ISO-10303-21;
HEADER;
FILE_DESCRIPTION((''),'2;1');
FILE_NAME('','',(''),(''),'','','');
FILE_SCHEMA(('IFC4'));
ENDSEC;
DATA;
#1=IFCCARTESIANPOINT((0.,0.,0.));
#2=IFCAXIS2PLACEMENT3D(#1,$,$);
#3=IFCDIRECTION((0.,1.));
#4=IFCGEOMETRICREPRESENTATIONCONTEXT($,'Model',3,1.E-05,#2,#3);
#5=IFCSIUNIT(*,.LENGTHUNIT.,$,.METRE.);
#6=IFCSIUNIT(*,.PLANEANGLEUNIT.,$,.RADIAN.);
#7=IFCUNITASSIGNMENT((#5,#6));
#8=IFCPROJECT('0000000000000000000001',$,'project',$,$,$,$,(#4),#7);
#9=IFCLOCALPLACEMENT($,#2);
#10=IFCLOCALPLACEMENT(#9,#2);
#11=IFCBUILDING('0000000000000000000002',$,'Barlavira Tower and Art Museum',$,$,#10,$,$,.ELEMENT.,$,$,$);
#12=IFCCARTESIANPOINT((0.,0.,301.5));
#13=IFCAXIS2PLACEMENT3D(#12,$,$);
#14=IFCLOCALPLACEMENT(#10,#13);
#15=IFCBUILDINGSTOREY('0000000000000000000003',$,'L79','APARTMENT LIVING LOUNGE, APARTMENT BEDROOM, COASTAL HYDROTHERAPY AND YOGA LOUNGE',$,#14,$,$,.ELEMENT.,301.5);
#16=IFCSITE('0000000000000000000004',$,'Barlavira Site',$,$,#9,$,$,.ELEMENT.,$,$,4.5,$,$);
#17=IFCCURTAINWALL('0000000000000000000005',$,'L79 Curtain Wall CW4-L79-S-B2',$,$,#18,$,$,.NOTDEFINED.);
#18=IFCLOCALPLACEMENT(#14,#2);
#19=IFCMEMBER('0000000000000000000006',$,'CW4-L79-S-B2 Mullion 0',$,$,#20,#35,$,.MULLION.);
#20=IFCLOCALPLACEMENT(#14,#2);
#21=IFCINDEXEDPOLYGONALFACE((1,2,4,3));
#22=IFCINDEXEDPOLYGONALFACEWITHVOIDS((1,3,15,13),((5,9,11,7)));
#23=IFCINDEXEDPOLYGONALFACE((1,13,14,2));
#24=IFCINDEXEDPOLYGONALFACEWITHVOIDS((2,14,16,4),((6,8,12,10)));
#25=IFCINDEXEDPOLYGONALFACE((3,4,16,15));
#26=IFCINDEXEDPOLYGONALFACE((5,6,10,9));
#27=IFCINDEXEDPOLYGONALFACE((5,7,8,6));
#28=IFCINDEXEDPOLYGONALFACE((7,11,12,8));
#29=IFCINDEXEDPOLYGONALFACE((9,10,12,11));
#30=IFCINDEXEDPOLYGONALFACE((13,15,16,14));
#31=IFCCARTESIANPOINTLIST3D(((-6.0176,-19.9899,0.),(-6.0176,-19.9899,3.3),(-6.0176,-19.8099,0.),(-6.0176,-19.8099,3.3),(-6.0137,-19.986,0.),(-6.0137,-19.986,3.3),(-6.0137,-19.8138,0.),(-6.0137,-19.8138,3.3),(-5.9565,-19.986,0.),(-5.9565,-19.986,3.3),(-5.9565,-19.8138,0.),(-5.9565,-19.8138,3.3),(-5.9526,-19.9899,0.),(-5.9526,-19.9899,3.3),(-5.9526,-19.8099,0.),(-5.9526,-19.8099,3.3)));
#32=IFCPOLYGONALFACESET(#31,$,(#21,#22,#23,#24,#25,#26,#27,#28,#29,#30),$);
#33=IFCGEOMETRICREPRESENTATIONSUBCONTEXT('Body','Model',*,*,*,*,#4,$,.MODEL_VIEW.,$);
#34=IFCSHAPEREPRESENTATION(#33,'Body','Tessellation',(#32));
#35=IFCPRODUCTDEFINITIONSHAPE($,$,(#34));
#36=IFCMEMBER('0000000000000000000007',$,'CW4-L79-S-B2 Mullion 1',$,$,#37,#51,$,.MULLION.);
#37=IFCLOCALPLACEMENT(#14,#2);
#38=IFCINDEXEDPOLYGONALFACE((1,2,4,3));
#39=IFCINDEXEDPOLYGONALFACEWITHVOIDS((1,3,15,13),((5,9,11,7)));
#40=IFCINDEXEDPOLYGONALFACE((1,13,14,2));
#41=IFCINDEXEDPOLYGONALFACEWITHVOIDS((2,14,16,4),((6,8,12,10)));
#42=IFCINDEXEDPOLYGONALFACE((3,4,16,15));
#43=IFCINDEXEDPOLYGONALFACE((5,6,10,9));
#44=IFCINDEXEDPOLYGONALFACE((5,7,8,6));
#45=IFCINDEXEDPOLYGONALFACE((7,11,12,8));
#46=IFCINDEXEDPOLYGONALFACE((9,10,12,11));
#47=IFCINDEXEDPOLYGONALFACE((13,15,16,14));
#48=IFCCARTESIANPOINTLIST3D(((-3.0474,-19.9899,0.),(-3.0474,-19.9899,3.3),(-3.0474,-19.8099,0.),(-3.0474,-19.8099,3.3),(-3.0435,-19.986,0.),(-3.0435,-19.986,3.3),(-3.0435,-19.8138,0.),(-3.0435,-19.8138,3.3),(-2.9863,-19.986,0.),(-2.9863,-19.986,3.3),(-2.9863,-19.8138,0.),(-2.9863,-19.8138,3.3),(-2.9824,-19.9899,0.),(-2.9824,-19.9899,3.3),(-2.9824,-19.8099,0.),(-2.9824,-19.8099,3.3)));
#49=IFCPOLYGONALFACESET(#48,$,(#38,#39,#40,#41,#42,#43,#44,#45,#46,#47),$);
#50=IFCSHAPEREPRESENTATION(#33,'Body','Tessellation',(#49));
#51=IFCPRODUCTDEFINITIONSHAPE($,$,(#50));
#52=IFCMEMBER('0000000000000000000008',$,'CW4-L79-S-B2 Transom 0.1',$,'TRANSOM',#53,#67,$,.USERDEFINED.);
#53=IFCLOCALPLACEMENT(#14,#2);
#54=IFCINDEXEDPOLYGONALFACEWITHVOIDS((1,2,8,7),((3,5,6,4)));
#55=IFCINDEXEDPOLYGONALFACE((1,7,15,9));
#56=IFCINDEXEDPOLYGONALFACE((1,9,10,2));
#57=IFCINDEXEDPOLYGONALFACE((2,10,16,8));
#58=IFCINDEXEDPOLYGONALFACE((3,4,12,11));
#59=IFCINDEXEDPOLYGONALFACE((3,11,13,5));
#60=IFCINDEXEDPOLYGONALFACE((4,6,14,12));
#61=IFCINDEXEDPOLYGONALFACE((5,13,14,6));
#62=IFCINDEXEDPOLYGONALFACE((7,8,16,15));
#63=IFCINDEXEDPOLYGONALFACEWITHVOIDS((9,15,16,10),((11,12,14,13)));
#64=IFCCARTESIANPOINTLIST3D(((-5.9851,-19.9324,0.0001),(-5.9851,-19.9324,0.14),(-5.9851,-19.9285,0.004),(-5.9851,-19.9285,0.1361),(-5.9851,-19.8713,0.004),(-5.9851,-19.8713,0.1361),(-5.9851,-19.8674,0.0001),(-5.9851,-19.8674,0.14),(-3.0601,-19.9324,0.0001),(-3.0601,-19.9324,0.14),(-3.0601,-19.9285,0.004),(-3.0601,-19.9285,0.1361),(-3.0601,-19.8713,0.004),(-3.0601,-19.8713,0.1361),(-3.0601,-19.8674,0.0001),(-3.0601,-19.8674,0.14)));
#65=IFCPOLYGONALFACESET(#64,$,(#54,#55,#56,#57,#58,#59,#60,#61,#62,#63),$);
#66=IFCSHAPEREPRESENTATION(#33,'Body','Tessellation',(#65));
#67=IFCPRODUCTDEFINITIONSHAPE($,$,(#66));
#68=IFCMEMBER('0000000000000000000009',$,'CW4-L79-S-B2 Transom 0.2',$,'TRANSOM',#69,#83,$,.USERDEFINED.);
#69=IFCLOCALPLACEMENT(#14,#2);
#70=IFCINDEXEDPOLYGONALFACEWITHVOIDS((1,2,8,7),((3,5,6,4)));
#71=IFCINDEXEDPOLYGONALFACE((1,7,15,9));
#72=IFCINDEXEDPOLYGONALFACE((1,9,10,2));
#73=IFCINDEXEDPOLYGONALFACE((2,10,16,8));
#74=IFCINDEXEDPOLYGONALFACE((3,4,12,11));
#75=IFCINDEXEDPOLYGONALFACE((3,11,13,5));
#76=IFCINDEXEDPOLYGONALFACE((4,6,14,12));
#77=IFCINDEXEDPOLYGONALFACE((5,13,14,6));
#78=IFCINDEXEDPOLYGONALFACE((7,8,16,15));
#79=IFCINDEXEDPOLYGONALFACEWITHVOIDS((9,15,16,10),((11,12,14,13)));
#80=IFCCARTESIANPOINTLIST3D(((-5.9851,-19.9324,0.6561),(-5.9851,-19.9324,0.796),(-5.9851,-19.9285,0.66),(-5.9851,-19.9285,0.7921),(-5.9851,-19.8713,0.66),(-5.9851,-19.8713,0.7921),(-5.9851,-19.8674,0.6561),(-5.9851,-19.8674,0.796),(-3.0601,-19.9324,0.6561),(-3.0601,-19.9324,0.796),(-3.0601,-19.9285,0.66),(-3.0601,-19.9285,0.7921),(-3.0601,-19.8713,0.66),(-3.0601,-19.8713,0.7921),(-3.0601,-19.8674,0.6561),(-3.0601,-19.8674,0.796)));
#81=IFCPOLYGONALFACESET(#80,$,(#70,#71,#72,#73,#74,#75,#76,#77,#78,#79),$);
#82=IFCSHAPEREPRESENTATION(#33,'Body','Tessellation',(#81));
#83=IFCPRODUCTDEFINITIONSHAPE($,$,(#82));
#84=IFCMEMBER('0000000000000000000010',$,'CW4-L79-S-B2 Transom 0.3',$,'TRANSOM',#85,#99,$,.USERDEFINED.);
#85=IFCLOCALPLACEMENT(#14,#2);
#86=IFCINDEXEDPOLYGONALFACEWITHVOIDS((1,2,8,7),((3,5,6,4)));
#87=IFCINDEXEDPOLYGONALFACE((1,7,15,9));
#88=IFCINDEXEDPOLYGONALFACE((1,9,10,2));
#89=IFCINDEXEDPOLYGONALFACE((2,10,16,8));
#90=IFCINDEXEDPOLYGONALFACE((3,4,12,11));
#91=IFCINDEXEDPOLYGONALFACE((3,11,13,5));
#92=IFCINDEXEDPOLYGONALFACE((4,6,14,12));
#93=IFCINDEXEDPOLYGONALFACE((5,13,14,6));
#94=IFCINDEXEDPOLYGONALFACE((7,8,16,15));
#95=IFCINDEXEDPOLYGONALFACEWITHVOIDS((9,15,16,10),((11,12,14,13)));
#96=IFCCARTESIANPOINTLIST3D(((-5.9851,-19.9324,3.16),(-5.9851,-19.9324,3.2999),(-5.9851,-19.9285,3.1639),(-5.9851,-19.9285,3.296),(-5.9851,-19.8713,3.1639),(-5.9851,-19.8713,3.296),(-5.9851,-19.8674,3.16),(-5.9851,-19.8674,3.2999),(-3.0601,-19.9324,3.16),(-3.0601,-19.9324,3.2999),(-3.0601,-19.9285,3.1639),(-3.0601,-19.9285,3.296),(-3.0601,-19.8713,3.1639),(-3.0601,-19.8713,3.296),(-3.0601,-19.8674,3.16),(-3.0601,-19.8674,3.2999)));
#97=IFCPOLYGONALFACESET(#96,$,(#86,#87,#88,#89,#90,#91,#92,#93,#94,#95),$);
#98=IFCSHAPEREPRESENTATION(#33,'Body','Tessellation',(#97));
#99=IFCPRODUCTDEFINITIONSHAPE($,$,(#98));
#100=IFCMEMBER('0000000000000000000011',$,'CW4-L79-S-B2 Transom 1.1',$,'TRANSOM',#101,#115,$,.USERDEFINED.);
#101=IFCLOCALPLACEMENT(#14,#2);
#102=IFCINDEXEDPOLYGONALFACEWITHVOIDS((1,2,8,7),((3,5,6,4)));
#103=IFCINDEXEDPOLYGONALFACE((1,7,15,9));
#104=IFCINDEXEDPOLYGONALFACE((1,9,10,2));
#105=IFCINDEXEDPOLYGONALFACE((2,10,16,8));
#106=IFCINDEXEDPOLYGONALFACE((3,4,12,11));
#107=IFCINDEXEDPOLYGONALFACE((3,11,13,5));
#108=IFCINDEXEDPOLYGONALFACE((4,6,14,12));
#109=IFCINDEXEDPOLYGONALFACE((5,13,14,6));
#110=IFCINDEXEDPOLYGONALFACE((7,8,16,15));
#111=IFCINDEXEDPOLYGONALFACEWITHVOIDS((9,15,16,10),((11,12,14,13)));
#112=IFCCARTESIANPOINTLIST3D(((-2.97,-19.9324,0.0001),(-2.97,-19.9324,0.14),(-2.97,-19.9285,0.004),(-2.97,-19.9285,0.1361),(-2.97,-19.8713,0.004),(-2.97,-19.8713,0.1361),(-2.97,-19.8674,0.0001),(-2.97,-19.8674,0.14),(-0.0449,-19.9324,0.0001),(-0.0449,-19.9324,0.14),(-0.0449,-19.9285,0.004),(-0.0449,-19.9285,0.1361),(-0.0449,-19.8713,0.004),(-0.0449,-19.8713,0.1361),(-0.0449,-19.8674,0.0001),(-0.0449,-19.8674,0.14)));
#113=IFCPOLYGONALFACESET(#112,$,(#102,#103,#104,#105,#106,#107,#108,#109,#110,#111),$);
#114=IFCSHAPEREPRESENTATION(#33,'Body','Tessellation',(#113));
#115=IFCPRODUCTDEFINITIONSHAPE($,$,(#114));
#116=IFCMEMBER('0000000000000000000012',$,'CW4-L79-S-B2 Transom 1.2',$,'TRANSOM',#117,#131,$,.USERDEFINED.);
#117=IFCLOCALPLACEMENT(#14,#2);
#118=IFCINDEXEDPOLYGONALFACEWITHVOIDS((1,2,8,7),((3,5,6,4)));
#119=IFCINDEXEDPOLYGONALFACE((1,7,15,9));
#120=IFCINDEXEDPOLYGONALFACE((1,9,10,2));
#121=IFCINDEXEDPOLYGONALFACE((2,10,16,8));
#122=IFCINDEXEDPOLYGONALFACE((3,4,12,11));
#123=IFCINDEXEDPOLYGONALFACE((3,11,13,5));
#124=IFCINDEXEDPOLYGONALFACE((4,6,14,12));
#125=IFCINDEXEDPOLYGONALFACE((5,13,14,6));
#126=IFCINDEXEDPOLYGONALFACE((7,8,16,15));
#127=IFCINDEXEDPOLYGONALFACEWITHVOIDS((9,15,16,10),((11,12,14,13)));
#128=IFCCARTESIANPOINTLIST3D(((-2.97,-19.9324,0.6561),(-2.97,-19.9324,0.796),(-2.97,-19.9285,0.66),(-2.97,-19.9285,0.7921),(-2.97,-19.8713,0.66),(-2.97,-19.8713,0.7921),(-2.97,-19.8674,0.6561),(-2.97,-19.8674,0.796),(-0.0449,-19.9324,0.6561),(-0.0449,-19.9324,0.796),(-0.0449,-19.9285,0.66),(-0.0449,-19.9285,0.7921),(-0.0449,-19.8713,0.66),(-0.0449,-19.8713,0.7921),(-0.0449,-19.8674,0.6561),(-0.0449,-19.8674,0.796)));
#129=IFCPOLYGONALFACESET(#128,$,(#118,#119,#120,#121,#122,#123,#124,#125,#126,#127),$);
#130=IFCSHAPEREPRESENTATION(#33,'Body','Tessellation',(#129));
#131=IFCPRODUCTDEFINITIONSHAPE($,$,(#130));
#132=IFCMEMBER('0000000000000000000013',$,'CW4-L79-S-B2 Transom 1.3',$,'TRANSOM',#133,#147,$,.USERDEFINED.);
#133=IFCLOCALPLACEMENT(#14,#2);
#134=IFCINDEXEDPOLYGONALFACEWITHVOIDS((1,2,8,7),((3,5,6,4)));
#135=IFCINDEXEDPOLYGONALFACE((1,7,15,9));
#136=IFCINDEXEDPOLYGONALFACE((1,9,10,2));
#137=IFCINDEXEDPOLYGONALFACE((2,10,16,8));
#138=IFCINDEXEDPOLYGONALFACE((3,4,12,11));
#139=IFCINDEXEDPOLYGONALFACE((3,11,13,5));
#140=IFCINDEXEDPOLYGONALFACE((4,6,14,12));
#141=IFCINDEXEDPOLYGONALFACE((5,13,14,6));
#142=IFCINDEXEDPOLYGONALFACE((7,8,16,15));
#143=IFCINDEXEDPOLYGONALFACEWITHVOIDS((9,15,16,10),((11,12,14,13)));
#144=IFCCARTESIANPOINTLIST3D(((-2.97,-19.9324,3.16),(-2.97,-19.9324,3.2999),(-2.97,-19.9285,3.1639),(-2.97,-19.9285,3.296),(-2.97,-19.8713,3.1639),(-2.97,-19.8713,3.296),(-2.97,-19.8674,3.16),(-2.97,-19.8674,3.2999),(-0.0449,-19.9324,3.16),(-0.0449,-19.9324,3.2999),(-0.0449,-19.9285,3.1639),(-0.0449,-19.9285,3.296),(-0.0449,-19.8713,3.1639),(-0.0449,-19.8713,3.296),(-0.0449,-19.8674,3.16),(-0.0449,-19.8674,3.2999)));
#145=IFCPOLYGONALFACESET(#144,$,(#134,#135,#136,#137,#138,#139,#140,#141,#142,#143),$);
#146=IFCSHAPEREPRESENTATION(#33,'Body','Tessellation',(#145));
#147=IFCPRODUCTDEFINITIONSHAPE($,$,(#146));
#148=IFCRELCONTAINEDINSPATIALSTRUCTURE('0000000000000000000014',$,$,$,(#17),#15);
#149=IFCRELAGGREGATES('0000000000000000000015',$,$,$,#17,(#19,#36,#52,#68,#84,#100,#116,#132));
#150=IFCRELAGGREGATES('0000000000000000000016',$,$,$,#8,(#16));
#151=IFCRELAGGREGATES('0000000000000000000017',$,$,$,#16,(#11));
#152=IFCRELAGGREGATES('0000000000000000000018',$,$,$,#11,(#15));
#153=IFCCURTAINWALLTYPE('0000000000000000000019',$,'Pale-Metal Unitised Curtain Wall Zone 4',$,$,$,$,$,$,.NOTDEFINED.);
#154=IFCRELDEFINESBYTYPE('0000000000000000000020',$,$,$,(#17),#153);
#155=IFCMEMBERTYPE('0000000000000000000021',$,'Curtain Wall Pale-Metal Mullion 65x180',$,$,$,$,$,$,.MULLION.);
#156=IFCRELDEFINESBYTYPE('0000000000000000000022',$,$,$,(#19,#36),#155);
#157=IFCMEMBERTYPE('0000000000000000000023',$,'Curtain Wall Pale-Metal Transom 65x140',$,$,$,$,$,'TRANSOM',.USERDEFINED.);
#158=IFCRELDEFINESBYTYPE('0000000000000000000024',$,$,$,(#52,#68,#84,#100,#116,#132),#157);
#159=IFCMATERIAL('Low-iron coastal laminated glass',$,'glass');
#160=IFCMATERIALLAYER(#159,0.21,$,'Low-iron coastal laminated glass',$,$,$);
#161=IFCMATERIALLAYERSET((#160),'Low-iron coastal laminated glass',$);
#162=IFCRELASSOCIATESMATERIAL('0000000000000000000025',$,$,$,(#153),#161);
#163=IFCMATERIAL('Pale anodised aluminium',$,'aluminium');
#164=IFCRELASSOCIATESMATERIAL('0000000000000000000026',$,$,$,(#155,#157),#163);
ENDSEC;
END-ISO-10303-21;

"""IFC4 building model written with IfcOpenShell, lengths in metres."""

from ifc_helpers import new_model, si_unit, direction, frame, origin, origin_2d, place, context, subcontext, project, spatial, hollow_rectangle, extrude, material, layer, layer_set, material_profile, profile_set, type_object, element, aggregate, save


model = new_model("IFC4")

# Units and contexts
model_context = context("Model", 3, precision=1e-05, world=origin(), true_north=direction((0.0, 1.0)))
body_context = subcontext(model_context, "Body", "Model", "MODEL_VIEW")
ifc_project = project(units=[si_unit("LENGTHUNIT", "METRE"), si_unit("PLANEANGLEUNIT", "RADIAN")], contexts=[model_context])

# Site, building, storey
site_placement = place(None, origin())
site = spatial("IfcSite", under=ifc_project, at=site_placement, Name="Barlavira Site", CompositionType="ELEMENT", RefElevation=4.5)
building_placement = place(site_placement, origin())
building = spatial("IfcBuilding", under=site, at=building_placement, Name="Barlavira Tower and Art Museum", CompositionType="ELEMENT")
storey_placement = place(building_placement, frame((0.0, 0.0, 301.5)))
storey = spatial("IfcBuildingStorey", under=building, at=storey_placement, Name="L79", Description="APARTMENT LIVING LOUNGE, APARTMENT BEDROOM, COASTAL HYDROTHERAPY AND YOGA LOUNGE", CompositionType="ELEMENT", Elevation=301.5)

# Curtain wall, members
ifc_material_1 = material(Name="Low-iron coastal laminated glass", Category="glass")
ifc_layer_1 = layer(ifc_material_1, 0.21, Name="Low-iron coastal laminated glass")
ifc_layer_set_1 = layer_set([ifc_layer_1], Name="Low-iron coastal laminated glass")
curtain_wall_type = type_object("IfcCurtainWallType", Name="Pale-Metal Unitised Curtain Wall Zone 4", PredefinedType="NOTDEFINED", material=ifc_layer_set_1)
curtain_wall_placement = place(storey_placement, origin())
curtain_wall = element("IfcCurtainWall", 1, at=curtain_wall_placement, inside=storey, type_object=curtain_wall_type, Name="L79 Curtain Wall CW4-L79-S-B2", PredefinedType="NOTDEFINED")
ifc_material_2 = material(Name="Pale anodised aluminium", Category="aluminium")
ifc_material_profile_1 = material_profile(ifc_material_2, hollow_rectangle(XDim=0.0649, YDim=0.1799, WallThickness=0.0039, at=origin_2d()), Name="ALU-MULL 65x180x4")
ifc_profile_set_1 = profile_set([ifc_material_profile_1], Name="Pale anodised aluminium")
member_type_1 = type_object("IfcMemberType", Name="Curtain Wall Pale-Metal Mullion 65x180", PredefinedType="MULLION", material=ifc_profile_set_1)
member_1_placement = place(storey_placement, frame((-5.9851, -19.8999, 0.0), z_axis=(0.0, 0.0, 1.0), x_axis=(1.0, 0.0, 0.0)))
member_1 = element("IfcMember", 2, at=member_1_placement, type_object=member_type_1, Name="CW4-L79-S-B2 Mullion 0", PredefinedType="MULLION", context=body_context, shape_type="SweptSolid", body=[
    extrude(hollow_rectangle(XDim=0.0649, YDim=0.1799, WallThickness=0.0039, at=origin_2d()), origin(), (0.0, 0.0, 1.0), 3.3),
])
member_2_placement = place(storey_placement, frame((-3.0149, -19.8999, 0.0), z_axis=(0.0, 0.0, 1.0), x_axis=(1.0, 0.0, 0.0)))
member_2 = element("IfcMember", 3, at=member_2_placement, type_object=member_type_1, Name="CW4-L79-S-B2 Mullion 1", PredefinedType="MULLION", context=body_context, shape_type="SweptSolid", body=[
    extrude(hollow_rectangle(XDim=0.0649, YDim=0.1799, WallThickness=0.0039, at=origin_2d()), origin(), (0.0, 0.0, 1.0), 3.3),
])
ifc_material_profile_2 = material_profile(ifc_material_2, hollow_rectangle(XDim=0.0649, YDim=0.1399, WallThickness=0.0039, at=origin_2d()), Name="ALU-TRAN 65x140x4")
ifc_profile_set_2 = profile_set([ifc_material_profile_2], Name="Pale anodised aluminium")
member_type_2 = type_object("IfcMemberType", Name="Curtain Wall Pale-Metal Transom 65x140", ElementType="TRANSOM", PredefinedType="USERDEFINED", material=ifc_profile_set_2)
member_3_placement = place(storey_placement, frame((-5.9851, -19.8999, 0.0701), z_axis=(1.0, 0.0, 0.0), x_axis=(0.0, 1.0, 0.0)))
member_3 = element("IfcMember", 4, at=member_3_placement, type_object=member_type_2, Name="CW4-L79-S-B2 Transom 0.1", ObjectType="TRANSOM", PredefinedType="USERDEFINED", context=body_context, shape_type="SweptSolid", body=[
    extrude(hollow_rectangle(XDim=0.0649, YDim=0.1399, WallThickness=0.0039, at=origin_2d()), origin(), (0.0, 0.0, 1.0), 2.925),
])
member_4_placement = place(storey_placement, frame((-5.9851, -19.8999, 0.7261), z_axis=(1.0, 0.0, 0.0), x_axis=(0.0, 1.0, 0.0)))
member_4 = element("IfcMember", 5, at=member_4_placement, type_object=member_type_2, Name="CW4-L79-S-B2 Transom 0.2", ObjectType="TRANSOM", PredefinedType="USERDEFINED", context=body_context, shape_type="SweptSolid", body=[
    extrude(hollow_rectangle(XDim=0.0649, YDim=0.1399, WallThickness=0.0039, at=origin_2d()), origin(), (0.0, 0.0, 1.0), 2.925),
])
member_5_placement = place(storey_placement, frame((-5.9851, -19.8999, 3.23), z_axis=(1.0, 0.0, 0.0), x_axis=(0.0, 1.0, 0.0)))
member_5 = element("IfcMember", 6, at=member_5_placement, type_object=member_type_2, Name="CW4-L79-S-B2 Transom 0.3", ObjectType="TRANSOM", PredefinedType="USERDEFINED", context=body_context, shape_type="SweptSolid", body=[
    extrude(hollow_rectangle(XDim=0.0649, YDim=0.1399, WallThickness=0.0039, at=origin_2d()), origin(), (0.0, 0.0, 1.0), 2.925),
])
member_6_placement = place(storey_placement, frame((-2.97, -19.8999, 0.0701), z_axis=(1.0, 0.0, 0.0), x_axis=(0.0, 1.0, 0.0)))
member_6 = element("IfcMember", 7, at=member_6_placement, type_object=member_type_2, Name="CW4-L79-S-B2 Transom 1.1", ObjectType="TRANSOM", PredefinedType="USERDEFINED", context=body_context, shape_type="SweptSolid", body=[
    extrude(hollow_rectangle(XDim=0.0649, YDim=0.1399, WallThickness=0.0039, at=origin_2d()), origin(), (0.0, 0.0, 1.0), 2.925),
])
member_7_placement = place(storey_placement, frame((-2.97, -19.8999, 0.7261), z_axis=(1.0, 0.0, 0.0), x_axis=(0.0, 1.0, 0.0)))
member_7 = element("IfcMember", 8, at=member_7_placement, type_object=member_type_2, Name="CW4-L79-S-B2 Transom 1.2", ObjectType="TRANSOM", PredefinedType="USERDEFINED", context=body_context, shape_type="SweptSolid", body=[
    extrude(hollow_rectangle(XDim=0.0649, YDim=0.1399, WallThickness=0.0039, at=origin_2d()), origin(), (0.0, 0.0, 1.0), 2.925),
])
member_8_placement = place(storey_placement, frame((-2.97, -19.8999, 3.23), z_axis=(1.0, 0.0, 0.0), x_axis=(0.0, 1.0, 0.0)))
member_8 = element("IfcMember", 9, at=member_8_placement, type_object=member_type_2, Name="CW4-L79-S-B2 Transom 1.3", ObjectType="TRANSOM", PredefinedType="USERDEFINED", context=body_context, shape_type="SweptSolid", body=[
    extrude(hollow_rectangle(XDim=0.0649, YDim=0.1399, WallThickness=0.0039, at=origin_2d()), origin(), (0.0, 0.0, 1.0), 2.925),
])

aggregate(curtain_wall, [member_1, member_2, member_3, member_4, member_5, member_6, member_7, member_8])

save(model, "model.ifc")
